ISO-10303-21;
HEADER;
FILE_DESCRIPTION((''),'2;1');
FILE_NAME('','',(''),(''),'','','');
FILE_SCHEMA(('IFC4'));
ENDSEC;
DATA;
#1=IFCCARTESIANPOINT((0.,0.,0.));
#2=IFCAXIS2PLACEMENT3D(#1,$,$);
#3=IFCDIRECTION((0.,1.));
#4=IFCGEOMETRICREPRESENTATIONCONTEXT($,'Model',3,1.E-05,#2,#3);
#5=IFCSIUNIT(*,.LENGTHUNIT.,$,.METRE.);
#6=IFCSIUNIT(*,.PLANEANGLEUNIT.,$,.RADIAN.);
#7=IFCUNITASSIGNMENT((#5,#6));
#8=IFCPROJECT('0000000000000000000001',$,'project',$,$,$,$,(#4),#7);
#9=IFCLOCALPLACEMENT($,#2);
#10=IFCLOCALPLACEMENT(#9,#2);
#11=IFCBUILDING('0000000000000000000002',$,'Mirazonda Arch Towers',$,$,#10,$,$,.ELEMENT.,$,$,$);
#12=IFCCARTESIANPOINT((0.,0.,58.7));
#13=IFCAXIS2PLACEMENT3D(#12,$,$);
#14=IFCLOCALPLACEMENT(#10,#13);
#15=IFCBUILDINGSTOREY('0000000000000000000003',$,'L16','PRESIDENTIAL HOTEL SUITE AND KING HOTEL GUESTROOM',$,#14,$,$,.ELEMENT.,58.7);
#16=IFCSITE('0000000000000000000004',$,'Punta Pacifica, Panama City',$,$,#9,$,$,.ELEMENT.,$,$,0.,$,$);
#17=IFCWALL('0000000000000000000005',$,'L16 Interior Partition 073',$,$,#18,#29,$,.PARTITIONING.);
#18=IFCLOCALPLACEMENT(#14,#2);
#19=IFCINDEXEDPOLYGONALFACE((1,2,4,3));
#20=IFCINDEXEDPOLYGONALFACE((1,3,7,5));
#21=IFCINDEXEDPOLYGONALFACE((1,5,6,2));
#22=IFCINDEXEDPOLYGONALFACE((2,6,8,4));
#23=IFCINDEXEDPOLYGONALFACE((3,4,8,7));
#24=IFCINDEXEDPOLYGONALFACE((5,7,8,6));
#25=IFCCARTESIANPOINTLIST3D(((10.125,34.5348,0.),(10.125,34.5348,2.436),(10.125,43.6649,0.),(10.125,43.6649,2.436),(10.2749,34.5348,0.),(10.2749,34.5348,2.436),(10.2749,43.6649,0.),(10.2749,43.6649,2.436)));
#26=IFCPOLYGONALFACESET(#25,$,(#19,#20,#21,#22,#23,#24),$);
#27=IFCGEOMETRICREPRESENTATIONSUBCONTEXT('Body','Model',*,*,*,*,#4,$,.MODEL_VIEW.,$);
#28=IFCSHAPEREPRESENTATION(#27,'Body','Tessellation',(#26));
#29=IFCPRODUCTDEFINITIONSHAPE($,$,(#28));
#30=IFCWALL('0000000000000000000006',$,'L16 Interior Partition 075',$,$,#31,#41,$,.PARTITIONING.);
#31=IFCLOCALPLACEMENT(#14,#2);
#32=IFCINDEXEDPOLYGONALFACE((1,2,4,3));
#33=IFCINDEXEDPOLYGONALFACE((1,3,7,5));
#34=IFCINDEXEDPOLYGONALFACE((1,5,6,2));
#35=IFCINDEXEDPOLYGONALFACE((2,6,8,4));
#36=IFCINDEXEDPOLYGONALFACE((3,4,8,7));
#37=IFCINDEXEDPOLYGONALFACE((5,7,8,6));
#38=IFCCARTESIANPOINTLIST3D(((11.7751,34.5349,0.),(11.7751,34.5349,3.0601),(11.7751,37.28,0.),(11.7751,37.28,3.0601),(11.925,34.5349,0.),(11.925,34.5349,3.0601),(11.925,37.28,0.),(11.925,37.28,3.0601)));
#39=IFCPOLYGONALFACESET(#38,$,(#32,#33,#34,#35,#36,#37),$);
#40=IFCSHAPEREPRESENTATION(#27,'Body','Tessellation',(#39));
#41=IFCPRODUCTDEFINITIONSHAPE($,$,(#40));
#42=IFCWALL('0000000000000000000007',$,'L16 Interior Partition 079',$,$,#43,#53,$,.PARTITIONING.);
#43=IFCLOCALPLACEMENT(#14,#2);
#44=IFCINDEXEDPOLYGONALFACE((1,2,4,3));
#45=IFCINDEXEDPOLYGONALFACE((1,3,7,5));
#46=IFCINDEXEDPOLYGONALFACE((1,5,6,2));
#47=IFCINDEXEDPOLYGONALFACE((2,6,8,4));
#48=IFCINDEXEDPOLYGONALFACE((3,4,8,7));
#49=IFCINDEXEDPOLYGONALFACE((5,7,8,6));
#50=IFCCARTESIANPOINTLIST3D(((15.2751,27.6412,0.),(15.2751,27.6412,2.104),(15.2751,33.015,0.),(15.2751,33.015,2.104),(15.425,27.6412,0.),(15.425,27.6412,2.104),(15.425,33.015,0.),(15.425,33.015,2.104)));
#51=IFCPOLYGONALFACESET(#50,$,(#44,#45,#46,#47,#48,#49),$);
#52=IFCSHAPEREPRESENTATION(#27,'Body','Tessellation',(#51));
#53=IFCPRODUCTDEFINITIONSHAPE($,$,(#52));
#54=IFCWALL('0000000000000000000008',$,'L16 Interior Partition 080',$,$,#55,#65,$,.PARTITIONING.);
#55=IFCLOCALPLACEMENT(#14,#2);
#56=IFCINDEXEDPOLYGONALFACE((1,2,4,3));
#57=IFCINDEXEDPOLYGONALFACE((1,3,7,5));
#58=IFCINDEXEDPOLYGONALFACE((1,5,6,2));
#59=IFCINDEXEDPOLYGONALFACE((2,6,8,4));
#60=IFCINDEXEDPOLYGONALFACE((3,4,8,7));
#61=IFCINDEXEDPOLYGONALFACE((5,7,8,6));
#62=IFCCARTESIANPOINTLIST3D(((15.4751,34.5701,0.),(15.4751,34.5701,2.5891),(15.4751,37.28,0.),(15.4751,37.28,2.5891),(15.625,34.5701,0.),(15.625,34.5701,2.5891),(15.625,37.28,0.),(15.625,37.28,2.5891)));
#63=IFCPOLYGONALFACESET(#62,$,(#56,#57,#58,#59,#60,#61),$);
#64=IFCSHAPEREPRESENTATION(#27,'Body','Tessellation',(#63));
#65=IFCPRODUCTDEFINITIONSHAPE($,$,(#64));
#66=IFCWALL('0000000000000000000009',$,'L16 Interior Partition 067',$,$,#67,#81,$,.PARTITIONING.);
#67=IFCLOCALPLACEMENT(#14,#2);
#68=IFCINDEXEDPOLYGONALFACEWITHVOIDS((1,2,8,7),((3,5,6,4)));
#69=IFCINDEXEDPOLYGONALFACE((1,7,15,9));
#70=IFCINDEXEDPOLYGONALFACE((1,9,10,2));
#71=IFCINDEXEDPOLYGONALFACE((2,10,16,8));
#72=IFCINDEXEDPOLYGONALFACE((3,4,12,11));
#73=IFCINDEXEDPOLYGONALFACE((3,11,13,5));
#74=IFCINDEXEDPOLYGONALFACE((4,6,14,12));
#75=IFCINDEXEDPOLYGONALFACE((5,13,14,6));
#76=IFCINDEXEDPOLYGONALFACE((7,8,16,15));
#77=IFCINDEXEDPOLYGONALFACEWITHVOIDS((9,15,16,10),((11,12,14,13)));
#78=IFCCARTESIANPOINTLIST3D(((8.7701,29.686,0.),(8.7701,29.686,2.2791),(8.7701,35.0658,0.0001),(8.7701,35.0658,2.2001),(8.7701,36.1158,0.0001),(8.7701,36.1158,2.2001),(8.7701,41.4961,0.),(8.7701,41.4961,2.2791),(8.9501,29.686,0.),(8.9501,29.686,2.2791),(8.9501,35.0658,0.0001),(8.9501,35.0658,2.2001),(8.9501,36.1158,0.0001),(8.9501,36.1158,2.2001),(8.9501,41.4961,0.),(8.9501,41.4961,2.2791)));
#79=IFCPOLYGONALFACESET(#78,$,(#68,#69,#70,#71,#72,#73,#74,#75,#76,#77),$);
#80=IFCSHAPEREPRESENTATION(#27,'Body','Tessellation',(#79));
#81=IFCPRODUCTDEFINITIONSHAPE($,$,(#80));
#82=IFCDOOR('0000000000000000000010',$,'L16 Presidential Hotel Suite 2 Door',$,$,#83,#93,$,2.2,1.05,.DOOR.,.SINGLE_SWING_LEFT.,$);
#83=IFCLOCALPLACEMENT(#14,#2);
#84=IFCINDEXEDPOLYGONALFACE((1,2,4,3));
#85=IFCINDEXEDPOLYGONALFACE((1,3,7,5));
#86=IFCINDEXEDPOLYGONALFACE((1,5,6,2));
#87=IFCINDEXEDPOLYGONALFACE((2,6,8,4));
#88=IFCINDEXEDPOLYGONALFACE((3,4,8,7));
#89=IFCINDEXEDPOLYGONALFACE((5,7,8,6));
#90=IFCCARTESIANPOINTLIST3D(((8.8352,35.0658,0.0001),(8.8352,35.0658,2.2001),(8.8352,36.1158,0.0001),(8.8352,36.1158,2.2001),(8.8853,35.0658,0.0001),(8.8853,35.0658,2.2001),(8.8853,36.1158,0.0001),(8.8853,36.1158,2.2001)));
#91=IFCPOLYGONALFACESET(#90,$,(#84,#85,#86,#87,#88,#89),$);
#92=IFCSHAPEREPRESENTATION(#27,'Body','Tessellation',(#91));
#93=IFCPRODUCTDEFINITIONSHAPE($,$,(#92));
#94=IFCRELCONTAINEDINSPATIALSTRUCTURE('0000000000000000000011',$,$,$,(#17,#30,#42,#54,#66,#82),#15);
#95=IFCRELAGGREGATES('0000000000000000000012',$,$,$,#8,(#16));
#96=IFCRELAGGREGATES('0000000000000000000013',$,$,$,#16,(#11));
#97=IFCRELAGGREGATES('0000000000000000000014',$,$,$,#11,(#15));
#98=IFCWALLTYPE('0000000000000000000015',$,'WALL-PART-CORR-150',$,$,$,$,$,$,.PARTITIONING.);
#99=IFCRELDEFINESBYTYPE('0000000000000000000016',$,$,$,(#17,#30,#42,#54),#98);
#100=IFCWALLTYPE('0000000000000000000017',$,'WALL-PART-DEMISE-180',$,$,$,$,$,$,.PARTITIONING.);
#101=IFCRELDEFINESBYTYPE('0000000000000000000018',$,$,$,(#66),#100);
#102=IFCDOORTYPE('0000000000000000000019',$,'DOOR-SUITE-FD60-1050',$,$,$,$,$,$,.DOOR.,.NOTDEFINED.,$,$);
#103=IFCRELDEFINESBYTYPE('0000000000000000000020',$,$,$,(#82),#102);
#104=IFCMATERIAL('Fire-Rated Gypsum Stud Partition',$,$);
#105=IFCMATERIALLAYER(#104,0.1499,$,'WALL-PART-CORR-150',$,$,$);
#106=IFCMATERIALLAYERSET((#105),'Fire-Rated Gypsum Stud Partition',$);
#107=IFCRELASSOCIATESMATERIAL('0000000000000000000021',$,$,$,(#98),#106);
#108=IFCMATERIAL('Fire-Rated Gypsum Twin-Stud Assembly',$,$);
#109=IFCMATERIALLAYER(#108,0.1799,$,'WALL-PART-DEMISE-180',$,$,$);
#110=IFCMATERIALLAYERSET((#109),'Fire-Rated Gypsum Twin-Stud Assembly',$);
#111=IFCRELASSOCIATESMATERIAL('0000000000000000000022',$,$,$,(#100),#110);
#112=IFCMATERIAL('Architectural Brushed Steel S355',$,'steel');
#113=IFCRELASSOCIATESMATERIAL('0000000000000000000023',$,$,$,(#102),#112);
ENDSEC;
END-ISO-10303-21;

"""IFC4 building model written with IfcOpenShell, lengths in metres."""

from ifc_helpers import new_model, si_unit, direction, frame, frame_2d, origin, place, context, subcontext, project, spatial, rectangle, extrude, material, layer, layer_set, type_object, element, fill, save


model = new_model("IFC4")

# Units and contexts
model_context = context("Model", 3, precision=1e-05, world=origin(), true_north=direction((0.0, 1.0)))
body_context = subcontext(model_context, "Body", "Model", "MODEL_VIEW")
ifc_project = project(units=[si_unit("LENGTHUNIT", "METRE"), si_unit("PLANEANGLEUNIT", "RADIAN")], contexts=[model_context])

# Site, building, storey
site_placement = place(None, origin())
site = spatial("IfcSite", under=ifc_project, at=site_placement, Name="Punta Pacifica, Panama City", CompositionType="ELEMENT", RefElevation=0.0)
building_placement = place(site_placement, origin())
building = spatial("IfcBuilding", under=site, at=building_placement, Name="Mirazonda Arch Towers", CompositionType="ELEMENT")
storey_placement = place(building_placement, frame((0.0, 0.0, 58.7)))
storey = spatial("IfcBuildingStorey", under=building, at=storey_placement, Name="L16", Description="PRESIDENTIAL HOTEL SUITE AND KING HOTEL GUESTROOM", CompositionType="ELEMENT", Elevation=58.7)

# Shared definitions
ifc_material_1 = material(Name="Architectural Brushed Steel S355", Category="steel")

# Shared definitions
ifc_material_2 = material(Name="Fire-Rated Gypsum Stud Partition")
ifc_layer_1 = layer(ifc_material_2, 0.1499, Name="WALL-PART-CORR-150")
ifc_layer_set_1 = layer_set([ifc_layer_1], Name="Fire-Rated Gypsum Stud Partition")
wall_type_1 = type_object("IfcWallType", Name="WALL-PART-CORR-150", PredefinedType="PARTITIONING", material=ifc_layer_set_1)

# Walls
wall_1_placement = place(storey_placement, frame((10.2, 34.5349, 0.0), z_axis=(0.0, 0.0, 1.0), x_axis=(0.0, 1.0, 0.0)))
element("IfcWall", 1, at=wall_1_placement, inside=storey, type_object=wall_type_1, Name="L16 Interior Partition 073", PredefinedType="PARTITIONING", context=body_context, shape_type="SweptSolid", body=[
    extrude(rectangle(XDim=9.1301, YDim=0.1499, at=frame_2d((4.5649, 0.0))), origin(), (0.0, 0.0, 1.0), 2.436),
])
wall_2_placement = place(storey_placement, frame((11.8501, 34.5349, 0.0), z_axis=(0.0, 0.0, 1.0), x_axis=(0.0, 1.0, 0.0)))
element("IfcWall", 2, at=wall_2_placement, inside=storey, type_object=wall_type_1, Name="L16 Interior Partition 075", PredefinedType="PARTITIONING", context=body_context, shape_type="SweptSolid", body=[
    extrude(rectangle(XDim=2.7451, YDim=0.1499, at=frame_2d((1.3726, 0.0))), origin(), (0.0, 0.0, 1.0), 3.0601),
])
wall_3_placement = place(storey_placement, frame((15.3501, 27.6411, 0.0), z_axis=(0.0, 0.0, 1.0), x_axis=(0.0, 1.0, 0.0)))
element("IfcWall", 3, at=wall_3_placement, inside=storey, type_object=wall_type_1, Name="L16 Interior Partition 079", PredefinedType="PARTITIONING", context=body_context, shape_type="SweptSolid", body=[
    extrude(rectangle(XDim=5.3738, YDim=0.1499, at=frame_2d((2.687, 0.0))), origin(), (0.0, 0.0, 1.0), 2.104),
])
wall_4_placement = place(storey_placement, frame((15.55, 34.5701, 0.0), z_axis=(0.0, 0.0, 1.0), x_axis=(0.0, 1.0, 0.0)))
element("IfcWall", 4, at=wall_4_placement, inside=storey, type_object=wall_type_1, Name="L16 Interior Partition 080", PredefinedType="PARTITIONING", context=body_context, shape_type="SweptSolid", body=[
    extrude(rectangle(XDim=2.71, YDim=0.1499, at=frame_2d((1.355, 0.0))), origin(), (0.0, 0.0, 1.0), 2.5891),
])

# Wall, opening, door
ifc_material_3 = material(Name="Fire-Rated Gypsum Twin-Stud Assembly")
ifc_layer_2 = layer(ifc_material_3, 0.1799, Name="WALL-PART-DEMISE-180")
ifc_layer_set_2 = layer_set([ifc_layer_2], Name="Fire-Rated Gypsum Twin-Stud Assembly")
wall_type_2 = type_object("IfcWallType", Name="WALL-PART-DEMISE-180", PredefinedType="PARTITIONING", material=ifc_layer_set_2)
wall_5_placement = place(storey_placement, frame((8.8601, 29.686, 0.0), z_axis=(0.0, 0.0, 1.0), x_axis=(0.0, 1.0, 0.0)))
wall_5 = element("IfcWall", 5, at=wall_5_placement, inside=storey, type_object=wall_type_2, Name="L16 Interior Partition 067", PredefinedType="PARTITIONING", context=body_context, shape_type="SweptSolid", body=[
    extrude(rectangle(XDim=11.8101, YDim=0.1799, at=frame_2d((5.905, 0.0))), origin(), (0.0, 0.0, 1.0), 2.2791),
])
opening_1_placement = place(wall_5_placement, frame((5.3799, 0.0, 0.0)))
opening_1 = element("IfcOpeningElement", 6, at=opening_1_placement, cuts=wall_5, PredefinedType="OPENING", context=body_context, shape_type="SweptSolid", body=[
    extrude(rectangle(XDim=1.05, YDim=2.2, at=frame_2d((0.5249, 1.1001))), frame((0.0, 0.0999, 0.0), z_axis=(0.0, -1.0, 0.0), x_axis=(1.0, 0.0, 0.0)), (0.0, 0.0, 1.0), 0.2),
])
door_type_1 = type_object("IfcDoorType", Name="DOOR-SUITE-FD60-1050", OperationType="NOTDEFINED", PredefinedType="DOOR", material=ifc_material_1)
door_1_placement = place(opening_1_placement, origin())
door_1 = element("IfcDoor", 7, at=door_1_placement, inside=storey, type_object=door_type_1, Name="L16 Presidential Hotel Suite 2 Door", OperationType="SINGLE_SWING_LEFT", OverallHeight=2.2, OverallWidth=1.05, PredefinedType="DOOR", context=body_context, shape_type="SweptSolid", body=[
    extrude(rectangle(XDim=1.05, YDim=2.2, at=frame_2d((0.5249, 1.1001))), frame((0.0, 0.0249, 0.0), z_axis=(0.0, -1.0, 0.0), x_axis=(1.0, 0.0, 0.0)), (0.0, 0.0, 1.0), 0.05),
])
fill(opening_1, door_1)

save(model, "model.ifc")
